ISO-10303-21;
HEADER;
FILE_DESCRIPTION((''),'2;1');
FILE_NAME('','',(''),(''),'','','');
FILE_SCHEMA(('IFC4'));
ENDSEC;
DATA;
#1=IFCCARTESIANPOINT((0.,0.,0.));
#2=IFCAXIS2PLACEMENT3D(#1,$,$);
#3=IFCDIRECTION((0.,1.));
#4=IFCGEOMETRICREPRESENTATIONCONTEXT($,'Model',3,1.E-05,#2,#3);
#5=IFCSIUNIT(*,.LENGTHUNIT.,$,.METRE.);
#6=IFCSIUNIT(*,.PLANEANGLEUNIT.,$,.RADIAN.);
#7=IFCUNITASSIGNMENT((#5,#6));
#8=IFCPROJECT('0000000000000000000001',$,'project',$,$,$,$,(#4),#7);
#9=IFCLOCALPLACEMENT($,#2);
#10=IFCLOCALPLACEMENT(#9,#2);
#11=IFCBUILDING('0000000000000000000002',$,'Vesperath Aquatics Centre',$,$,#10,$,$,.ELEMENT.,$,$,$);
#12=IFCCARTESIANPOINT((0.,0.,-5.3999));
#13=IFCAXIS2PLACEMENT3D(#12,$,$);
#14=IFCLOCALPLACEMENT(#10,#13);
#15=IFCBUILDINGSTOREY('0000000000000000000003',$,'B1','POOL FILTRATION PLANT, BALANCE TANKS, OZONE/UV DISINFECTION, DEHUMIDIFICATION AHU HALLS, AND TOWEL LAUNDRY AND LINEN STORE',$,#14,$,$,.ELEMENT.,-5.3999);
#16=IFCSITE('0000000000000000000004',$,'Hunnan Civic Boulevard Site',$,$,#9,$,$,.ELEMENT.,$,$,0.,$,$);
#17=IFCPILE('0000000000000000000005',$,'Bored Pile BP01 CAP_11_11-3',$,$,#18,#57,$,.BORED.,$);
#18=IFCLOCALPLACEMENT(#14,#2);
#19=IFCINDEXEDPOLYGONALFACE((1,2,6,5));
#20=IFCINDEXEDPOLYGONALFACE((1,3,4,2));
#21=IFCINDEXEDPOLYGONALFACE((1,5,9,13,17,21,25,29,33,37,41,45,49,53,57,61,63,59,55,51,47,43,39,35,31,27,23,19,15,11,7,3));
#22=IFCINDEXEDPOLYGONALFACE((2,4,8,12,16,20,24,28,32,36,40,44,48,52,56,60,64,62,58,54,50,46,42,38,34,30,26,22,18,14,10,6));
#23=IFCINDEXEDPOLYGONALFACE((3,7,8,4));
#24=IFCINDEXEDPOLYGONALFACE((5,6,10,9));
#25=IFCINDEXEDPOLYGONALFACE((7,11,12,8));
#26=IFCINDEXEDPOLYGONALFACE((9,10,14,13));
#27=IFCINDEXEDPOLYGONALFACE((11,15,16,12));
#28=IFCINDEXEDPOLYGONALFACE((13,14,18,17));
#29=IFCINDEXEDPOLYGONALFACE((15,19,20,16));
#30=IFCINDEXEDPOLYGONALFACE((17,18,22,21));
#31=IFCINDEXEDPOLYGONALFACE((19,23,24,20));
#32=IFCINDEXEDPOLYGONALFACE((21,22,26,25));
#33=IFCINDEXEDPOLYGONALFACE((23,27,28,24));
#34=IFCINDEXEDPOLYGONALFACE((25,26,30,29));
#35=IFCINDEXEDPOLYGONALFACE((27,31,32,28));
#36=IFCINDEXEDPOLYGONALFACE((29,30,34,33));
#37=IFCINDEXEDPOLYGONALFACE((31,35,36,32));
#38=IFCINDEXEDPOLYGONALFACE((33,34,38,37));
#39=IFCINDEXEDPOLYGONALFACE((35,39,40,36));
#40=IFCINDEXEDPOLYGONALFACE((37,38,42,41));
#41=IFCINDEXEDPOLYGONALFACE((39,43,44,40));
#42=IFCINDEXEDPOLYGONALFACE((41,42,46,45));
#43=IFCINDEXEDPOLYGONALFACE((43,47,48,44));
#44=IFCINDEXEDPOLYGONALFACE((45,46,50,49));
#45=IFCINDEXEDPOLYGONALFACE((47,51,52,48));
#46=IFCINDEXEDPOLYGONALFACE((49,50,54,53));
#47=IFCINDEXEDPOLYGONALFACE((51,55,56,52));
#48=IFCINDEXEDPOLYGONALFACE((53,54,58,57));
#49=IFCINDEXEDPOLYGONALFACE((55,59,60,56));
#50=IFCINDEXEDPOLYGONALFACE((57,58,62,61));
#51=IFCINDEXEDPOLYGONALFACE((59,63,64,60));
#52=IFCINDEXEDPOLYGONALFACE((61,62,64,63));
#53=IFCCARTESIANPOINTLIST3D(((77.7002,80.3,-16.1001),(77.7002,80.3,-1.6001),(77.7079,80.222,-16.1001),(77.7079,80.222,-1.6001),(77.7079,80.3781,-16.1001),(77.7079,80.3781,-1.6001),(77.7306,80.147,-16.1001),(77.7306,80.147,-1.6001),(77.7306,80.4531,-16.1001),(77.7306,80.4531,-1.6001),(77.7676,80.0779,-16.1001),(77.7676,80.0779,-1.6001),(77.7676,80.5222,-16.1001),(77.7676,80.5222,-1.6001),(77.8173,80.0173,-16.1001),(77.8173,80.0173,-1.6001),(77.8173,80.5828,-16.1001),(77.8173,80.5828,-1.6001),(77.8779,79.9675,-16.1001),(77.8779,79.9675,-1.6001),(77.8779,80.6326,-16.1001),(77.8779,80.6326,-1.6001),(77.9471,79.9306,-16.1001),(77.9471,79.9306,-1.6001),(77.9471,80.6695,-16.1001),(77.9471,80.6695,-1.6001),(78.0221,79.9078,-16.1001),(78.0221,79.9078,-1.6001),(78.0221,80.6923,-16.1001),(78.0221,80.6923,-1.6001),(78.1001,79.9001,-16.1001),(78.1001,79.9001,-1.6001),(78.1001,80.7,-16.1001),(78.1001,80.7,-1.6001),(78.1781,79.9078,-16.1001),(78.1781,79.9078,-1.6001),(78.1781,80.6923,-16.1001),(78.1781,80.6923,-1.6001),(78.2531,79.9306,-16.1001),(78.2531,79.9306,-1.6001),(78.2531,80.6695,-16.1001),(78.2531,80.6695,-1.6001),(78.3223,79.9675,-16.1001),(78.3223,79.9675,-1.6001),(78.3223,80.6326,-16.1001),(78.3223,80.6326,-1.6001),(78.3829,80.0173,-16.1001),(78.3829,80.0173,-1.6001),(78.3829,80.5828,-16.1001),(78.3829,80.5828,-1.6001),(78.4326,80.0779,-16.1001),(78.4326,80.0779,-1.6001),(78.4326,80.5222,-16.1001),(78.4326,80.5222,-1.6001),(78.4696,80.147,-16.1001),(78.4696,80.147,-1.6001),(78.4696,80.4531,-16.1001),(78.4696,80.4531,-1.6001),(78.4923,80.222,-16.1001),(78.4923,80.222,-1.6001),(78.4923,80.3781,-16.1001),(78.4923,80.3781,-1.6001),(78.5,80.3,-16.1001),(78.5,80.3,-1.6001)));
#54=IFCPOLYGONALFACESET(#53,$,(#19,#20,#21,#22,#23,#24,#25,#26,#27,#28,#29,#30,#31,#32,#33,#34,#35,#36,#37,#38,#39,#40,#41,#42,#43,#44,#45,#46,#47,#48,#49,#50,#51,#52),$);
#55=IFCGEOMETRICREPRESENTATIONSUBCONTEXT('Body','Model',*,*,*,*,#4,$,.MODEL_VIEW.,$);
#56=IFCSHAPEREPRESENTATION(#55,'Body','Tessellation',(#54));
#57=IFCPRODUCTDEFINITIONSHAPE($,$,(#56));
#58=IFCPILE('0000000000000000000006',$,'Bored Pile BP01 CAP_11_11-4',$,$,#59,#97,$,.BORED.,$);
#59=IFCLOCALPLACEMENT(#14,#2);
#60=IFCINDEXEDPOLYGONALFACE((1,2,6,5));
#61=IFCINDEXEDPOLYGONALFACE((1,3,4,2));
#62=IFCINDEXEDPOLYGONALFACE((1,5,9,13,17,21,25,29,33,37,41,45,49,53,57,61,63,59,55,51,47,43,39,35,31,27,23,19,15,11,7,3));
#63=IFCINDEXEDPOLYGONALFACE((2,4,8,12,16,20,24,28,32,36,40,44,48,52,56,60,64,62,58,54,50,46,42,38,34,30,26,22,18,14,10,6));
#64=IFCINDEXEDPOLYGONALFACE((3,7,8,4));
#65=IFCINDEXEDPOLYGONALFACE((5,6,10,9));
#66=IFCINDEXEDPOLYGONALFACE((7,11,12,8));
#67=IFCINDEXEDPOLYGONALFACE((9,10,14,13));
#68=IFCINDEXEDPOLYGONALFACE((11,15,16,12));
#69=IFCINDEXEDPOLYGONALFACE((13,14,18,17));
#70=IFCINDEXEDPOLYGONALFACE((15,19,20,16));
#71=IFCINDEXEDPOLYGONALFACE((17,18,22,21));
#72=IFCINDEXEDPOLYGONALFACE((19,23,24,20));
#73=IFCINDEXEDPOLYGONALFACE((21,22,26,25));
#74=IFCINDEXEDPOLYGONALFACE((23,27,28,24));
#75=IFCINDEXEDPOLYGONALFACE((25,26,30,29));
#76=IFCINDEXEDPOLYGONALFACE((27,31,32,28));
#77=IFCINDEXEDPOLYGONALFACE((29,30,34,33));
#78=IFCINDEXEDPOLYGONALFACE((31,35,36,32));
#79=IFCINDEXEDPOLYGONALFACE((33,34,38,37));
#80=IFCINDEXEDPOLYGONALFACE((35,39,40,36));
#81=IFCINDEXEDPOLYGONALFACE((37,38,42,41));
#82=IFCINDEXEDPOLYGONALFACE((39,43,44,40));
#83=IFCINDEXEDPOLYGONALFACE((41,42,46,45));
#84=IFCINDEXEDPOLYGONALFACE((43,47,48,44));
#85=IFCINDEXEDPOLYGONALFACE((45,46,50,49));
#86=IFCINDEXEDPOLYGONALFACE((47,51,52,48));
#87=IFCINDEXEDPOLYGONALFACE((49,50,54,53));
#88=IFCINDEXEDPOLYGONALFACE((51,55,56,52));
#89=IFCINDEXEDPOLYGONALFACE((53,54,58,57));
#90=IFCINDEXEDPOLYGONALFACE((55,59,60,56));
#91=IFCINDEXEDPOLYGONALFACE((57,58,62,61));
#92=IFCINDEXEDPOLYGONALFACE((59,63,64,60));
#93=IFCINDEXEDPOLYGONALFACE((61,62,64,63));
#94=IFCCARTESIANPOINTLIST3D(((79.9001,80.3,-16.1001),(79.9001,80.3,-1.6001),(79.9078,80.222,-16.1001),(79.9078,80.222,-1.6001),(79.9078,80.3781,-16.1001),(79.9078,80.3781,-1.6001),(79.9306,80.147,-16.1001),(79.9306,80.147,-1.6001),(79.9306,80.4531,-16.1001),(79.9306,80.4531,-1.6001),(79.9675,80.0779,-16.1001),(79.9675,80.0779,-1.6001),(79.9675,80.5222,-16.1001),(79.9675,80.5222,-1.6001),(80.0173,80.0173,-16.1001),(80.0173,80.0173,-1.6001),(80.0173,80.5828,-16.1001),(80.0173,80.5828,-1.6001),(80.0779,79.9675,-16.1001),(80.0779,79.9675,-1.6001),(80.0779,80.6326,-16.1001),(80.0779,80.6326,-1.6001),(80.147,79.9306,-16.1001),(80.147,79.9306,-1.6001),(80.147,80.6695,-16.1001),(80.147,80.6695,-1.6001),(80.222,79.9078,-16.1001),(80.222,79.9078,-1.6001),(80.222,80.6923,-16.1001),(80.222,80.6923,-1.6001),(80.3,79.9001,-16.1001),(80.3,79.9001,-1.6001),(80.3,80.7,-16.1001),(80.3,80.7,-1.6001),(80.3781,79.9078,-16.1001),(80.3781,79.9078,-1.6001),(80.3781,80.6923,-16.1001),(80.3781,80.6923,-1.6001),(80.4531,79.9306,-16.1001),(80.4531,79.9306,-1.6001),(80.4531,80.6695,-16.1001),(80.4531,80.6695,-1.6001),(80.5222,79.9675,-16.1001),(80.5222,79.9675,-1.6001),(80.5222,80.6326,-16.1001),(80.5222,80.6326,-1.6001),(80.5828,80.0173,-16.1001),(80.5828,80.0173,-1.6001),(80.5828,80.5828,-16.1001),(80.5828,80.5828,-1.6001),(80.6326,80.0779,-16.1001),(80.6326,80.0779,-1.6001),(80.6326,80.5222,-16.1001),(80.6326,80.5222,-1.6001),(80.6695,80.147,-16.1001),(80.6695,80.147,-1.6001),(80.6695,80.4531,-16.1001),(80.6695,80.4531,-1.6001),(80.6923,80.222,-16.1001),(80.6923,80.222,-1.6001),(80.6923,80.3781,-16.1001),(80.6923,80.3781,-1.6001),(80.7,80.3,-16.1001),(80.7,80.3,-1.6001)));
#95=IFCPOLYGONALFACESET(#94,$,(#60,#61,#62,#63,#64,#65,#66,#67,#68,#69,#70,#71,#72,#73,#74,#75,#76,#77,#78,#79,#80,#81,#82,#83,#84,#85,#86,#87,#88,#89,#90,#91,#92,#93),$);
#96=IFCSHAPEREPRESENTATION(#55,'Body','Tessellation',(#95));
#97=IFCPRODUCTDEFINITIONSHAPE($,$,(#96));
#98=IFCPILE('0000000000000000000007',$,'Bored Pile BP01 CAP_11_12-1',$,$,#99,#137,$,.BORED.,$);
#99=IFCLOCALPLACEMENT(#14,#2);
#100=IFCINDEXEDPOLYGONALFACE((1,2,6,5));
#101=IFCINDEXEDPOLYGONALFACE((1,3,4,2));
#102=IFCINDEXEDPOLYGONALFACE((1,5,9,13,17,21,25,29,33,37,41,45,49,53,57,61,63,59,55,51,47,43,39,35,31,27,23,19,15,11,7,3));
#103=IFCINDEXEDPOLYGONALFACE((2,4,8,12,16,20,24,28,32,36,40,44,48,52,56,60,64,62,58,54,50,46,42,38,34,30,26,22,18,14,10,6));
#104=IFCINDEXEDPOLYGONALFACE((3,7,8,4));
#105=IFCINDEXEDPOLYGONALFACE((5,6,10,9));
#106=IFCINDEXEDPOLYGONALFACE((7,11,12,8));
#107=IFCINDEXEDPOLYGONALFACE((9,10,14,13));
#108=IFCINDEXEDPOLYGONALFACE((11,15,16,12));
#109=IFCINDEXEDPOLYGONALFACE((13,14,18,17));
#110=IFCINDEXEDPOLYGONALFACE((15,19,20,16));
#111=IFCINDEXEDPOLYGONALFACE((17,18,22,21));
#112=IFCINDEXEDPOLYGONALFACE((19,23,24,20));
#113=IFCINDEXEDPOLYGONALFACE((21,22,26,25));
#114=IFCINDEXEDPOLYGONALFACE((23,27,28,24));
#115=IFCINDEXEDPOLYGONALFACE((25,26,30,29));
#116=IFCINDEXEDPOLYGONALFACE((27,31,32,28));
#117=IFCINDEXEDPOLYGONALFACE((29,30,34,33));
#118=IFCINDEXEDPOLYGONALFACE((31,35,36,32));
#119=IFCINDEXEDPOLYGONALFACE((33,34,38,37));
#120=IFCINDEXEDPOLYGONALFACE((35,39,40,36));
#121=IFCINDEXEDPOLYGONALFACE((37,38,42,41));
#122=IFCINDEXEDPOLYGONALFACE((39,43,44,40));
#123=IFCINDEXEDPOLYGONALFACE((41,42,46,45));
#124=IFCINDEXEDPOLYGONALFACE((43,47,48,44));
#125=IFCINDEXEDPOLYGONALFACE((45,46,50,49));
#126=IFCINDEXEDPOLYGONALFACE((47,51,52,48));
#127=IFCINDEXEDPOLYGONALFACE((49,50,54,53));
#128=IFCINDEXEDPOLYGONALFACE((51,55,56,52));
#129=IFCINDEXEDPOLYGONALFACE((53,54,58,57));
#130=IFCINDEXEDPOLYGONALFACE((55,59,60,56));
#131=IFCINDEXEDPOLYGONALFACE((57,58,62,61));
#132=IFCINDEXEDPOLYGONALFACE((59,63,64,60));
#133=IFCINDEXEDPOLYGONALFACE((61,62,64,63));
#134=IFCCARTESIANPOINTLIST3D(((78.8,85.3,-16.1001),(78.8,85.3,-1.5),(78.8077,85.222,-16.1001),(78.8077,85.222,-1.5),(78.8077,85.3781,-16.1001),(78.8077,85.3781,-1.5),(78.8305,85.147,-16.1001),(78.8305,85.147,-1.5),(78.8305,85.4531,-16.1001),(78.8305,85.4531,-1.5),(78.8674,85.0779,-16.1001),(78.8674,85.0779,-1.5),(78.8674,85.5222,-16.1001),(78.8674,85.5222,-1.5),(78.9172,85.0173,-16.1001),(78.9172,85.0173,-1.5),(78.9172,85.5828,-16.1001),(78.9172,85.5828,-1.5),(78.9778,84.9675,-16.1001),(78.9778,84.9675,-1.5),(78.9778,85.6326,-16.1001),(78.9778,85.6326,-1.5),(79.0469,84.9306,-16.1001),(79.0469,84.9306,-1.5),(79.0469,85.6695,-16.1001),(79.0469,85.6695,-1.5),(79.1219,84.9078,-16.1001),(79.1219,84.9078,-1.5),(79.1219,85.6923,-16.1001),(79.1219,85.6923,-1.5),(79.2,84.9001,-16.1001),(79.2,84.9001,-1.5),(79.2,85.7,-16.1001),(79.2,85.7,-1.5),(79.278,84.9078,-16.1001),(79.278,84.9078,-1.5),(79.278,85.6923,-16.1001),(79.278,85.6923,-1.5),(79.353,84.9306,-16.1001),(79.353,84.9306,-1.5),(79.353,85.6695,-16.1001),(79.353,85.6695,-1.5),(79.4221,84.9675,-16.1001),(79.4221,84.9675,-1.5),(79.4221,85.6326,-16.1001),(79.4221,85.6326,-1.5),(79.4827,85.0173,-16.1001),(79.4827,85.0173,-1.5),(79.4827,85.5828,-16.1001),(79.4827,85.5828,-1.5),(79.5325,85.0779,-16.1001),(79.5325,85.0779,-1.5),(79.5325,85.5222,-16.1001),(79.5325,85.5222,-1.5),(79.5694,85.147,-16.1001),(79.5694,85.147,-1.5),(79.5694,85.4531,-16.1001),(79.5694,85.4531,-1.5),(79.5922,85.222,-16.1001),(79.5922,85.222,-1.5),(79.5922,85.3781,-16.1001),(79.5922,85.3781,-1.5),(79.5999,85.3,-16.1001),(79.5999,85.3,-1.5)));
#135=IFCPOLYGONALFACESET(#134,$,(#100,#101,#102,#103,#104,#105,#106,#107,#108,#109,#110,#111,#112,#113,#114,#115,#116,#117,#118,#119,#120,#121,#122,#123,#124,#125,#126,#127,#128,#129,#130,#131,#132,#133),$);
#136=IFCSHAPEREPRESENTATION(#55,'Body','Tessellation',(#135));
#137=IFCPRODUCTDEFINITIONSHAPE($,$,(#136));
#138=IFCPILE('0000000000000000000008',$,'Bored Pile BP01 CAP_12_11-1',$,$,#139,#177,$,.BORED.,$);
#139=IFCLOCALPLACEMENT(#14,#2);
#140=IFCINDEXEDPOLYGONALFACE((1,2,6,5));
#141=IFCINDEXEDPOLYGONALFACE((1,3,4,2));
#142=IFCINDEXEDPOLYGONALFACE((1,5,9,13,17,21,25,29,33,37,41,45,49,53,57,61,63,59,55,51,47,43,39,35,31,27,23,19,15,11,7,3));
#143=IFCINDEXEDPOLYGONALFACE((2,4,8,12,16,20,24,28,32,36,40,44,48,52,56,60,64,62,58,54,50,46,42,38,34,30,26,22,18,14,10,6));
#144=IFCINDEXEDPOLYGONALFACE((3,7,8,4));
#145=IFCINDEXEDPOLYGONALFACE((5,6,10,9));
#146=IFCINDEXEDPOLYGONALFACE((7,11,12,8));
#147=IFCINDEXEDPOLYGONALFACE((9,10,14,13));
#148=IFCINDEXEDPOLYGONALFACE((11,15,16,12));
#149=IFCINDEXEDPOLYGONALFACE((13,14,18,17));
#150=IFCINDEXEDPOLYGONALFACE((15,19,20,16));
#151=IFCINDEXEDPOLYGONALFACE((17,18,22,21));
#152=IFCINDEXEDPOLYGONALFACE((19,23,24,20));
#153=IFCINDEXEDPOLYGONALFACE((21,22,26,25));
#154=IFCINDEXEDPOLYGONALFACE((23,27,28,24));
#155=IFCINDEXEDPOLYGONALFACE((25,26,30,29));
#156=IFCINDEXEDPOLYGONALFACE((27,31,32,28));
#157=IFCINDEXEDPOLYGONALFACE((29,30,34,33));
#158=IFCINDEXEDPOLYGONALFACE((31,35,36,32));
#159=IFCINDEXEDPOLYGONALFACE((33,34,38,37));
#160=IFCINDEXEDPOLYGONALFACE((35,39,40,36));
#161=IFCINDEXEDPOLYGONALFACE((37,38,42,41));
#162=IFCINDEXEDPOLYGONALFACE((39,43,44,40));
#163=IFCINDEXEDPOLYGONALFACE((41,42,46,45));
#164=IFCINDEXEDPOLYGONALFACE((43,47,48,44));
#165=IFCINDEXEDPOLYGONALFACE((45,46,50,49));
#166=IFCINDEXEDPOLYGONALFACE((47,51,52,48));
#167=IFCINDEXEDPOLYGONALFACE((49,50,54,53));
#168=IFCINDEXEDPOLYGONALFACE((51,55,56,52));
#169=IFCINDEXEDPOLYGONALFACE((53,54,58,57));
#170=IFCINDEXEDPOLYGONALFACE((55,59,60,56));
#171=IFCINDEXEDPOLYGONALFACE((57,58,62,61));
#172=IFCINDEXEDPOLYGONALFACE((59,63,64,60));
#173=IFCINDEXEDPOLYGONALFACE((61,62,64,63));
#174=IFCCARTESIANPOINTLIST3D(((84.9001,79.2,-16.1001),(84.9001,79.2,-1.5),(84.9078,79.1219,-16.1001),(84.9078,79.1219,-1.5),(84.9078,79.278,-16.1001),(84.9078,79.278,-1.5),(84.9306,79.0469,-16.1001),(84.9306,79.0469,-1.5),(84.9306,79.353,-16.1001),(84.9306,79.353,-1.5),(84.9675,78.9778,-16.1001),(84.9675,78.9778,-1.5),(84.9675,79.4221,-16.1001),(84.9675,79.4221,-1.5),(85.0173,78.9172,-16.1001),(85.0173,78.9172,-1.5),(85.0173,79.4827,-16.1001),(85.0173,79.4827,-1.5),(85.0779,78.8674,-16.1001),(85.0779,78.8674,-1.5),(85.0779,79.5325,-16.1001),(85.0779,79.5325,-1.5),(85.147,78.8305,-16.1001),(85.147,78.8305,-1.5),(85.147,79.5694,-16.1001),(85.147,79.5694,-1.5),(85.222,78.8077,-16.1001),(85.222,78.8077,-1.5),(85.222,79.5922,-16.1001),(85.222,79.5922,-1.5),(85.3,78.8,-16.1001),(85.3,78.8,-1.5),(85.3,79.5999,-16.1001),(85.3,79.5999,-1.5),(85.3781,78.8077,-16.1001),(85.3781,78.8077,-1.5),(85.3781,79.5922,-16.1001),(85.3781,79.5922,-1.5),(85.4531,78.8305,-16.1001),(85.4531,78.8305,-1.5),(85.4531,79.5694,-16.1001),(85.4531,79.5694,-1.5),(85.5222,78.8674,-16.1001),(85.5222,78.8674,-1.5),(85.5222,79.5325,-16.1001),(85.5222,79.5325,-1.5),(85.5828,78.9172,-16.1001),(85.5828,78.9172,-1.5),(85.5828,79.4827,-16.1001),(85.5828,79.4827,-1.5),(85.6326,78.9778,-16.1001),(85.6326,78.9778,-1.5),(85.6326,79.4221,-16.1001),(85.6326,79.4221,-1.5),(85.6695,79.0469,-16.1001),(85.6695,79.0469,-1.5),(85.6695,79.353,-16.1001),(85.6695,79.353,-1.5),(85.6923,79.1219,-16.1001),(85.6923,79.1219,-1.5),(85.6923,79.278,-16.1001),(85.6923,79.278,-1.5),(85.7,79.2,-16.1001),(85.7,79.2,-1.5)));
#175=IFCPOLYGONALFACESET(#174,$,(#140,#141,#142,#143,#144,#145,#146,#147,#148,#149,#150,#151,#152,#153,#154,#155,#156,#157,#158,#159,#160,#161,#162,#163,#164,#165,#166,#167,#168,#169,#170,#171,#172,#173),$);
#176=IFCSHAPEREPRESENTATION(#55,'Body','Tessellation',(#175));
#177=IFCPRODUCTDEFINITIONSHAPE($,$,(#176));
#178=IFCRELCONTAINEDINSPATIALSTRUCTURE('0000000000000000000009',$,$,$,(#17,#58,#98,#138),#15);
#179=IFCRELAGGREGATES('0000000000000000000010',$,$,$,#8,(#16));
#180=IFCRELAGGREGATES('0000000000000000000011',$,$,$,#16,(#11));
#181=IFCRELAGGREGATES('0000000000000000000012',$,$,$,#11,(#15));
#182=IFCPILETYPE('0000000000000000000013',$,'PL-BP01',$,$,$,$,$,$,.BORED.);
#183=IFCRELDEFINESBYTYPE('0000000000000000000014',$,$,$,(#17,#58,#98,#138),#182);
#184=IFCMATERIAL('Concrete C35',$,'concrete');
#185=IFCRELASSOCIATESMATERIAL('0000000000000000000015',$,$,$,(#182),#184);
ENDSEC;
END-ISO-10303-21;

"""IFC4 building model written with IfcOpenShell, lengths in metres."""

from ifc_helpers import new_model, si_unit, direction, frame, origin, origin_2d, place, context, subcontext, project, spatial, circle, extrude, material, material_profile, profile_set, type_object, element, save


model = new_model("IFC4")

# Units and contexts
model_context = context("Model", 3, precision=1e-05, world=origin(), true_north=direction((0.0, 1.0)))
body_context = subcontext(model_context, "Body", "Model", "MODEL_VIEW")
ifc_project = project(units=[si_unit("LENGTHUNIT", "METRE"), si_unit("PLANEANGLEUNIT", "RADIAN")], contexts=[model_context])

# Site, building, storey
site_placement = place(None, origin())
site = spatial("IfcSite", under=ifc_project, at=site_placement, Name="Hunnan Civic Boulevard Site", CompositionType="ELEMENT", RefElevation=0.0)
building_placement = place(site_placement, origin())
building = spatial("IfcBuilding", under=site, at=building_placement, Name="Vesperath Aquatics Centre", CompositionType="ELEMENT")
storey_placement = place(building_placement, frame((0.0, 0.0, -5.3999)))
storey = spatial("IfcBuildingStorey", under=building, at=storey_placement, Name="B1", Description="POOL FILTRATION PLANT, BALANCE TANKS, OZONE/UV DISINFECTION, DEHUMIDIFICATION AHU HALLS, AND TOWEL LAUNDRY AND LINEN STORE", CompositionType="ELEMENT", Elevation=-5.3999)

# Piles
ifc_material_1 = material(Name="Concrete C35", Category="concrete")
ifc_material_profile_1 = material_profile(ifc_material_1, circle(Radius=0.3999, at=origin_2d()), Name="PILE D800")
ifc_profile_set_1 = profile_set([ifc_material_profile_1], Name="Concrete C35")
pile_type_1 = type_object("IfcPileType", Name="PL-BP01", PredefinedType="BORED", material=ifc_profile_set_1)
for number, where, z_axis, x_axis, name in (
    (1, (78.1001, 80.3, -1.6001), (0.0, 0.0, -1.0), (1.0, 0.0, 0.0), "Bored Pile BP01 CAP_11_11-3"),
    (2, (80.3, 80.3, -1.6001), (0.0, 0.0, -1.0), (1.0, 0.0, 0.0), "Bored Pile BP01 CAP_11_11-4"),
):
    element("IfcPile", number, at=place(storey_placement, frame(where, z_axis=z_axis, x_axis=x_axis)), inside=storey, type_object=pile_type_1, Name=name, PredefinedType="BORED", context=body_context, shape_type="SweptSolid", body=[
        extrude(circle(Radius=0.3999, at=origin_2d()), origin(), (0.0, 0.0, 1.0), 14.5),
    ])
for number, where, z_axis, x_axis, name in (
    (3, (79.2, 85.3, -1.5), (0.0, 0.0, -1.0), (1.0, 0.0, 0.0), "Bored Pile BP01 CAP_11_12-1"),
    (4, (85.3, 79.2, -1.5), (0.0, 0.0, -1.0), (1.0, 0.0, 0.0), "Bored Pile BP01 CAP_12_11-1"),
):
    element("IfcPile", number, at=place(storey_placement, frame(where, z_axis=z_axis, x_axis=x_axis)), inside=storey, type_object=pile_type_1, Name=name, PredefinedType="BORED", context=body_context, shape_type="SweptSolid", body=[
        extrude(circle(Radius=0.3999, at=origin_2d()), origin(), (0.0, 0.0, 1.0), 14.6001),
    ])

save(model, "model.ifc")
